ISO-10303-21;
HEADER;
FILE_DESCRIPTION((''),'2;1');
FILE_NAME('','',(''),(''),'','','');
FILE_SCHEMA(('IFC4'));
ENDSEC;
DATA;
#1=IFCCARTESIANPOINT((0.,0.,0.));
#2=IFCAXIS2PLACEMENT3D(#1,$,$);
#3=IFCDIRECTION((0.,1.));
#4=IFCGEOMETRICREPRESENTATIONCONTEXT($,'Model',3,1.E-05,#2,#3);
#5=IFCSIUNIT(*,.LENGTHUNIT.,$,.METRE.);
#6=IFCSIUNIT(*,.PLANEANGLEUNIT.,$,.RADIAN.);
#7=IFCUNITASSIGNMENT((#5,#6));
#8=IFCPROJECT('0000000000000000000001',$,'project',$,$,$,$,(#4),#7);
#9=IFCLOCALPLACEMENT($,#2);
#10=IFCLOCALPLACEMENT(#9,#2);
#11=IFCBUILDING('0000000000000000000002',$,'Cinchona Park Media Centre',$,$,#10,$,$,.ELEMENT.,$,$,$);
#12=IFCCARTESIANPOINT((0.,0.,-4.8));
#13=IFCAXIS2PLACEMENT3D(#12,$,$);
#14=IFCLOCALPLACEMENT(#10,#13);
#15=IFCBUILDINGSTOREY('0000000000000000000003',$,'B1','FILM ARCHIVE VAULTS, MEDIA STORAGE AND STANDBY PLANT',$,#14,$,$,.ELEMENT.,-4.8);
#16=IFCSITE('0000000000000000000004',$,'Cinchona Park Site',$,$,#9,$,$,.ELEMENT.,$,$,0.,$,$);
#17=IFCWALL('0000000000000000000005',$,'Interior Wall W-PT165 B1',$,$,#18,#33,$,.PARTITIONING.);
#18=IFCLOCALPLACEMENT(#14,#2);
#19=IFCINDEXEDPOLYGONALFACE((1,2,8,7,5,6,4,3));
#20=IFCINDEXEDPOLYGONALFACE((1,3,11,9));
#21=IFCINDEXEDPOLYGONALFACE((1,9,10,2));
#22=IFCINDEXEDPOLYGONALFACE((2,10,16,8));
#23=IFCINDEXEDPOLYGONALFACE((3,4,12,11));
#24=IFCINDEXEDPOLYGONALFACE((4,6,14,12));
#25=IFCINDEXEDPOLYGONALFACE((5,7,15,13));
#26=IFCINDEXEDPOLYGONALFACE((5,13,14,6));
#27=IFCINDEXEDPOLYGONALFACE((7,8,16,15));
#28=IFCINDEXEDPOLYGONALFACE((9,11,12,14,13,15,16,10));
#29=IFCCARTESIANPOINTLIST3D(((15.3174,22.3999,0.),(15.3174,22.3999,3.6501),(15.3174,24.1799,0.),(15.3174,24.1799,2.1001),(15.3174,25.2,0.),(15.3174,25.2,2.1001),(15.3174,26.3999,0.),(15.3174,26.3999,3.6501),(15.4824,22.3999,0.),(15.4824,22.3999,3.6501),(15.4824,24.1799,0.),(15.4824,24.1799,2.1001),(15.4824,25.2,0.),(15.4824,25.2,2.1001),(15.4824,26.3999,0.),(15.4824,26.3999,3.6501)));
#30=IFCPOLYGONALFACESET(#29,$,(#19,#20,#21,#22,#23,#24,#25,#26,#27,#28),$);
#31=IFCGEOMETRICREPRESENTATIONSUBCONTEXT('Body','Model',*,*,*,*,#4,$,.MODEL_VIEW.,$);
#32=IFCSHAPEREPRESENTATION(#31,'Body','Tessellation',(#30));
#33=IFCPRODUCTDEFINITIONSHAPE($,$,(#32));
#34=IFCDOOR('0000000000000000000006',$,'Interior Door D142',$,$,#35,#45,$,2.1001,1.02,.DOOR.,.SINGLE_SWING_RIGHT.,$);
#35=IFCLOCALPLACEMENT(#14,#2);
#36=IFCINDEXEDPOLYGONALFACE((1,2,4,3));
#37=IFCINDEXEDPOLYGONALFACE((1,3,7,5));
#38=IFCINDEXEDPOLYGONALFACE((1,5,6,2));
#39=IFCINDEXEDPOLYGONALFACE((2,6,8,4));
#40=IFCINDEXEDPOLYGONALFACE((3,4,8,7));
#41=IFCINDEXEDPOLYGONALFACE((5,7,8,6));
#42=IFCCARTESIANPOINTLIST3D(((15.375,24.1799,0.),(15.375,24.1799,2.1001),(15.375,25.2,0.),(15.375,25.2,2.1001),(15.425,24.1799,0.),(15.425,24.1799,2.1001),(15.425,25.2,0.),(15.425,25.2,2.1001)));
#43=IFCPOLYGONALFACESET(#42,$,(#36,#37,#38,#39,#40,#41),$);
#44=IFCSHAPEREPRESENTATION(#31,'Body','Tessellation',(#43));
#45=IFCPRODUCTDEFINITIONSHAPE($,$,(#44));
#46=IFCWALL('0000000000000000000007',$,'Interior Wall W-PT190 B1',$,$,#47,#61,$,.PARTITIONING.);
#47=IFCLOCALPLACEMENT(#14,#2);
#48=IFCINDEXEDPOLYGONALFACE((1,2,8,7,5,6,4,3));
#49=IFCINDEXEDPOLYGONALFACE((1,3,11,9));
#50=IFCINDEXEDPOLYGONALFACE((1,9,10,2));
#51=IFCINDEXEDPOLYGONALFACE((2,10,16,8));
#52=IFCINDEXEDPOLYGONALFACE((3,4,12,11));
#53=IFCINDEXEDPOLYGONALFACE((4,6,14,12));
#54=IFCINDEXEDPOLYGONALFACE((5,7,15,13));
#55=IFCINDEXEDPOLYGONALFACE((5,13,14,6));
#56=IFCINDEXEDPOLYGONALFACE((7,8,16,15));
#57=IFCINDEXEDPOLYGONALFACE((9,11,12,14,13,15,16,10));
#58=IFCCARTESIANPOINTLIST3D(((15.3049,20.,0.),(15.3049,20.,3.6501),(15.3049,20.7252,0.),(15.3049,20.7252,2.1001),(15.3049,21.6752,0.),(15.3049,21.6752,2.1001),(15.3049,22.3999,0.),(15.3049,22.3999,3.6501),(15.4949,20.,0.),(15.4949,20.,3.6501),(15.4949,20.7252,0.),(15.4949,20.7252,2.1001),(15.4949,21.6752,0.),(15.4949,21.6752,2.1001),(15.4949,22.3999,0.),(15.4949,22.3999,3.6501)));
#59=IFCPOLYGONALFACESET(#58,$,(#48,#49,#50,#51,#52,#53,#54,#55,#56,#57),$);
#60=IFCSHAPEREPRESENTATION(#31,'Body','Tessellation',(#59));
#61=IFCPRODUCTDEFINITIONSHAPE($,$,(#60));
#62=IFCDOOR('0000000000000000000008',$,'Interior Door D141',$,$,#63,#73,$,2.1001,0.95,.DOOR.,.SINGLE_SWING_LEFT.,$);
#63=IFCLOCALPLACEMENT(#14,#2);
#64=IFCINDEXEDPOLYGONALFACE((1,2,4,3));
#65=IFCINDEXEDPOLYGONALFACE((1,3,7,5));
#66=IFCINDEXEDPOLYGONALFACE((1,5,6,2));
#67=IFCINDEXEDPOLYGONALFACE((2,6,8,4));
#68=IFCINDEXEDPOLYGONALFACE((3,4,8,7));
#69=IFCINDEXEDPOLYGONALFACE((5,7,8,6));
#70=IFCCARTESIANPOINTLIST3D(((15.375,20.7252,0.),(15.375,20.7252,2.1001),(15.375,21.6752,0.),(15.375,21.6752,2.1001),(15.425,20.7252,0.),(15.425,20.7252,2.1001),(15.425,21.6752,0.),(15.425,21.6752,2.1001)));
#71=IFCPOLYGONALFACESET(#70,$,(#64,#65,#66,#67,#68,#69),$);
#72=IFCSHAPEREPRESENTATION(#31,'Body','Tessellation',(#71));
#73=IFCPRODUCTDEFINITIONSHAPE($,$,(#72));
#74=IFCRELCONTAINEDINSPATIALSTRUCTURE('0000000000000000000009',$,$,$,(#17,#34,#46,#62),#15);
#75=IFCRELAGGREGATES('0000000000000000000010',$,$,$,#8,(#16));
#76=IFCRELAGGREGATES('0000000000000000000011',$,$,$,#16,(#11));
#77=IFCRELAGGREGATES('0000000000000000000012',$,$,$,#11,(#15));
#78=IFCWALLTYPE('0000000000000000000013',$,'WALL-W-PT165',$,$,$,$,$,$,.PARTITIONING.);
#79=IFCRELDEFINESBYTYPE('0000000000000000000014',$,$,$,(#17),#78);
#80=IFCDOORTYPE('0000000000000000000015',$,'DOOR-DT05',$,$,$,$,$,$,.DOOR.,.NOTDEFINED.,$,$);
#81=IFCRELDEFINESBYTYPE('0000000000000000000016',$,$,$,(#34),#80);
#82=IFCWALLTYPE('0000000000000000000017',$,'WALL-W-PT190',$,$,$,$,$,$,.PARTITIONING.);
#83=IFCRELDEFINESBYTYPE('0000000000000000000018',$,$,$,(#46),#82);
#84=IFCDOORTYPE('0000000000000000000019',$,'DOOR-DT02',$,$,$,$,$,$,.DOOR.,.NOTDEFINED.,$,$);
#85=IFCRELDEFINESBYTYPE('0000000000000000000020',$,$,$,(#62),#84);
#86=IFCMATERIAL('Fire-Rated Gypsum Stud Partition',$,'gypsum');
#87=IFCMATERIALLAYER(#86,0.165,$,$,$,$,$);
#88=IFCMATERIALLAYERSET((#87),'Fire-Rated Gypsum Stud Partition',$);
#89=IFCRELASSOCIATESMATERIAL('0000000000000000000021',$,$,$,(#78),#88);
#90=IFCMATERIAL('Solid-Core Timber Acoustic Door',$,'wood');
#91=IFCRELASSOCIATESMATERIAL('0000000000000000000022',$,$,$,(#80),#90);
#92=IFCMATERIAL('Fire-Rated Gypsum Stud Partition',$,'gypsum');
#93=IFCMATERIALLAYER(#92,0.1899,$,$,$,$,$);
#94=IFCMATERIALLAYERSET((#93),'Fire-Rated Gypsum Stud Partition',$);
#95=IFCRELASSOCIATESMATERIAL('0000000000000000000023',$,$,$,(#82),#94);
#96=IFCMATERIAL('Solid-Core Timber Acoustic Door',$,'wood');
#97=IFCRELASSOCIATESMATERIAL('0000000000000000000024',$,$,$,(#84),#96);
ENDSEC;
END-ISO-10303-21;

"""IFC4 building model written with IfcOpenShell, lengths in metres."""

from ifc_helpers import new_model, si_unit, direction, frame, frame_2d, origin, place, context, subcontext, project, spatial, rectangle, extrude, material, layer, layer_set, type_object, element, fill, save


model = new_model("IFC4")

# Units and contexts
model_context = context("Model", 3, precision=1e-05, world=origin(), true_north=direction((0.0, 1.0)))
body_context = subcontext(model_context, "Body", "Model", "MODEL_VIEW")
ifc_project = project(units=[si_unit("LENGTHUNIT", "METRE"), si_unit("PLANEANGLEUNIT", "RADIAN")], contexts=[model_context])

# Site, building, storey
site_placement = place(None, origin())
site = spatial("IfcSite", under=ifc_project, at=site_placement, Name="Cinchona Park Site", CompositionType="ELEMENT", RefElevation=0.0)
building_placement = place(site_placement, origin())
building = spatial("IfcBuilding", under=site, at=building_placement, Name="Cinchona Park Media Centre", CompositionType="ELEMENT")
storey_placement = place(building_placement, frame((0.0, 0.0, -4.8)))
storey = spatial("IfcBuildingStorey", under=building, at=storey_placement, Name="B1", Description="FILM ARCHIVE VAULTS, MEDIA STORAGE AND STANDBY PLANT", CompositionType="ELEMENT", Elevation=-4.8)

# Walls, openings, doors
ifc_material_1 = material(Name="Fire-Rated Gypsum Stud Partition", Category="gypsum")
ifc_layer_1 = layer(ifc_material_1, 0.165)
ifc_layer_set_1 = layer_set([ifc_layer_1], Name="Fire-Rated Gypsum Stud Partition")
wall_type_1 = type_object("IfcWallType", Name="WALL-W-PT165", PredefinedType="PARTITIONING", material=ifc_layer_set_1)
wall_1_placement = place(storey_placement, frame((15.3999, 22.3999, 0.0), z_axis=(0.0, 0.0, 1.0), x_axis=(0.0, 1.0, 0.0)))
wall_1 = element("IfcWall", 1, at=wall_1_placement, inside=storey, type_object=wall_type_1, Name="Interior Wall W-PT165 B1", PredefinedType="PARTITIONING", context=body_context, shape_type="SweptSolid", body=[
    extrude(rectangle(XDim=4.0, YDim=0.165, at=frame_2d((2.0, 0.0))), origin(), (0.0, 0.0, 1.0), 3.6501),
])
opening_1_placement = place(wall_1_placement, frame((1.78, 0.0, 0.0)))
opening_1 = element("IfcOpeningElement", 2, at=opening_1_placement, cuts=wall_1, PredefinedType="OPENING", context=body_context, shape_type="SweptSolid", body=[
    extrude(rectangle(XDim=1.02, YDim=2.1001, at=frame_2d((0.51, 1.05))), frame((0.0, 0.0925, 0.0), z_axis=(0.0, -1.0, 0.0), x_axis=(1.0, 0.0, 0.0)), (0.0, 0.0, 1.0), 0.1851),
])
ifc_material_2 = material(Name="Solid-Core Timber Acoustic Door", Category="wood")
door_type_1 = type_object("IfcDoorType", Name="DOOR-DT05", OperationType="NOTDEFINED", PredefinedType="DOOR", material=ifc_material_2)
door_1_placement = place(opening_1_placement, origin())
door_1 = element("IfcDoor", 3, at=door_1_placement, inside=storey, type_object=door_type_1, Name="Interior Door D142", OperationType="SINGLE_SWING_RIGHT", OverallHeight=2.1001, OverallWidth=1.02, PredefinedType="DOOR", context=body_context, shape_type="SweptSolid", body=[
    extrude(rectangle(XDim=1.02, YDim=2.1001, at=frame_2d((0.51, 1.05))), frame((0.0, 0.0249, 0.0), z_axis=(0.0, -1.0, 0.0), x_axis=(1.0, 0.0, 0.0)), (0.0, 0.0, 1.0), 0.05),
])
fill(opening_1, door_1)
ifc_material_3 = material(Name="Fire-Rated Gypsum Stud Partition", Category="gypsum")
ifc_layer_2 = layer(ifc_material_3, 0.1899)
ifc_layer_set_2 = layer_set([ifc_layer_2], Name="Fire-Rated Gypsum Stud Partition")
wall_type_2 = type_object("IfcWallType", Name="WALL-W-PT190", PredefinedType="PARTITIONING", material=ifc_layer_set_2)
wall_2_placement = place(storey_placement, frame((15.3999, 20.0, 0.0), z_axis=(0.0, 0.0, 1.0), x_axis=(0.0, 1.0, 0.0)))
wall_2 = element("IfcWall", 4, at=wall_2_placement, inside=storey, type_object=wall_type_2, Name="Interior Wall W-PT190 B1", PredefinedType="PARTITIONING", context=body_context, shape_type="SweptSolid", body=[
    extrude(rectangle(XDim=2.3999, YDim=0.1899, at=frame_2d((1.2, 0.0))), origin(), (0.0, 0.0, 1.0), 3.6501),
])
opening_2_placement = place(wall_2_placement, frame((0.7251, 0.0, 0.0)))
opening_2 = element("IfcOpeningElement", 5, at=opening_2_placement, cuts=wall_2, PredefinedType="OPENING", context=body_context, shape_type="SweptSolid", body=[
    extrude(rectangle(XDim=0.95, YDim=2.1001, at=frame_2d((0.4751, 1.05))), frame((0.0, 0.105, 0.0), z_axis=(0.0, -1.0, 0.0), x_axis=(1.0, 0.0, 0.0)), (0.0, 0.0, 1.0), 0.21),
])
ifc_material_4 = material(Name="Solid-Core Timber Acoustic Door", Category="wood")
door_type_2 = type_object("IfcDoorType", Name="DOOR-DT02", OperationType="NOTDEFINED", PredefinedType="DOOR", material=ifc_material_4)
door_2_placement = place(opening_2_placement, origin())
door_2 = element("IfcDoor", 6, at=door_2_placement, inside=storey, type_object=door_type_2, Name="Interior Door D141", OperationType="SINGLE_SWING_LEFT", OverallHeight=2.1001, OverallWidth=0.95, PredefinedType="DOOR", context=body_context, shape_type="SweptSolid", body=[
    extrude(rectangle(XDim=0.95, YDim=2.1001, at=frame_2d((0.4751, 1.05))), frame((0.0, 0.0249, 0.0), z_axis=(0.0, -1.0, 0.0), x_axis=(1.0, 0.0, 0.0)), (0.0, 0.0, 1.0), 0.05),
])
fill(opening_2, door_2)

save(model, "model.ifc")
